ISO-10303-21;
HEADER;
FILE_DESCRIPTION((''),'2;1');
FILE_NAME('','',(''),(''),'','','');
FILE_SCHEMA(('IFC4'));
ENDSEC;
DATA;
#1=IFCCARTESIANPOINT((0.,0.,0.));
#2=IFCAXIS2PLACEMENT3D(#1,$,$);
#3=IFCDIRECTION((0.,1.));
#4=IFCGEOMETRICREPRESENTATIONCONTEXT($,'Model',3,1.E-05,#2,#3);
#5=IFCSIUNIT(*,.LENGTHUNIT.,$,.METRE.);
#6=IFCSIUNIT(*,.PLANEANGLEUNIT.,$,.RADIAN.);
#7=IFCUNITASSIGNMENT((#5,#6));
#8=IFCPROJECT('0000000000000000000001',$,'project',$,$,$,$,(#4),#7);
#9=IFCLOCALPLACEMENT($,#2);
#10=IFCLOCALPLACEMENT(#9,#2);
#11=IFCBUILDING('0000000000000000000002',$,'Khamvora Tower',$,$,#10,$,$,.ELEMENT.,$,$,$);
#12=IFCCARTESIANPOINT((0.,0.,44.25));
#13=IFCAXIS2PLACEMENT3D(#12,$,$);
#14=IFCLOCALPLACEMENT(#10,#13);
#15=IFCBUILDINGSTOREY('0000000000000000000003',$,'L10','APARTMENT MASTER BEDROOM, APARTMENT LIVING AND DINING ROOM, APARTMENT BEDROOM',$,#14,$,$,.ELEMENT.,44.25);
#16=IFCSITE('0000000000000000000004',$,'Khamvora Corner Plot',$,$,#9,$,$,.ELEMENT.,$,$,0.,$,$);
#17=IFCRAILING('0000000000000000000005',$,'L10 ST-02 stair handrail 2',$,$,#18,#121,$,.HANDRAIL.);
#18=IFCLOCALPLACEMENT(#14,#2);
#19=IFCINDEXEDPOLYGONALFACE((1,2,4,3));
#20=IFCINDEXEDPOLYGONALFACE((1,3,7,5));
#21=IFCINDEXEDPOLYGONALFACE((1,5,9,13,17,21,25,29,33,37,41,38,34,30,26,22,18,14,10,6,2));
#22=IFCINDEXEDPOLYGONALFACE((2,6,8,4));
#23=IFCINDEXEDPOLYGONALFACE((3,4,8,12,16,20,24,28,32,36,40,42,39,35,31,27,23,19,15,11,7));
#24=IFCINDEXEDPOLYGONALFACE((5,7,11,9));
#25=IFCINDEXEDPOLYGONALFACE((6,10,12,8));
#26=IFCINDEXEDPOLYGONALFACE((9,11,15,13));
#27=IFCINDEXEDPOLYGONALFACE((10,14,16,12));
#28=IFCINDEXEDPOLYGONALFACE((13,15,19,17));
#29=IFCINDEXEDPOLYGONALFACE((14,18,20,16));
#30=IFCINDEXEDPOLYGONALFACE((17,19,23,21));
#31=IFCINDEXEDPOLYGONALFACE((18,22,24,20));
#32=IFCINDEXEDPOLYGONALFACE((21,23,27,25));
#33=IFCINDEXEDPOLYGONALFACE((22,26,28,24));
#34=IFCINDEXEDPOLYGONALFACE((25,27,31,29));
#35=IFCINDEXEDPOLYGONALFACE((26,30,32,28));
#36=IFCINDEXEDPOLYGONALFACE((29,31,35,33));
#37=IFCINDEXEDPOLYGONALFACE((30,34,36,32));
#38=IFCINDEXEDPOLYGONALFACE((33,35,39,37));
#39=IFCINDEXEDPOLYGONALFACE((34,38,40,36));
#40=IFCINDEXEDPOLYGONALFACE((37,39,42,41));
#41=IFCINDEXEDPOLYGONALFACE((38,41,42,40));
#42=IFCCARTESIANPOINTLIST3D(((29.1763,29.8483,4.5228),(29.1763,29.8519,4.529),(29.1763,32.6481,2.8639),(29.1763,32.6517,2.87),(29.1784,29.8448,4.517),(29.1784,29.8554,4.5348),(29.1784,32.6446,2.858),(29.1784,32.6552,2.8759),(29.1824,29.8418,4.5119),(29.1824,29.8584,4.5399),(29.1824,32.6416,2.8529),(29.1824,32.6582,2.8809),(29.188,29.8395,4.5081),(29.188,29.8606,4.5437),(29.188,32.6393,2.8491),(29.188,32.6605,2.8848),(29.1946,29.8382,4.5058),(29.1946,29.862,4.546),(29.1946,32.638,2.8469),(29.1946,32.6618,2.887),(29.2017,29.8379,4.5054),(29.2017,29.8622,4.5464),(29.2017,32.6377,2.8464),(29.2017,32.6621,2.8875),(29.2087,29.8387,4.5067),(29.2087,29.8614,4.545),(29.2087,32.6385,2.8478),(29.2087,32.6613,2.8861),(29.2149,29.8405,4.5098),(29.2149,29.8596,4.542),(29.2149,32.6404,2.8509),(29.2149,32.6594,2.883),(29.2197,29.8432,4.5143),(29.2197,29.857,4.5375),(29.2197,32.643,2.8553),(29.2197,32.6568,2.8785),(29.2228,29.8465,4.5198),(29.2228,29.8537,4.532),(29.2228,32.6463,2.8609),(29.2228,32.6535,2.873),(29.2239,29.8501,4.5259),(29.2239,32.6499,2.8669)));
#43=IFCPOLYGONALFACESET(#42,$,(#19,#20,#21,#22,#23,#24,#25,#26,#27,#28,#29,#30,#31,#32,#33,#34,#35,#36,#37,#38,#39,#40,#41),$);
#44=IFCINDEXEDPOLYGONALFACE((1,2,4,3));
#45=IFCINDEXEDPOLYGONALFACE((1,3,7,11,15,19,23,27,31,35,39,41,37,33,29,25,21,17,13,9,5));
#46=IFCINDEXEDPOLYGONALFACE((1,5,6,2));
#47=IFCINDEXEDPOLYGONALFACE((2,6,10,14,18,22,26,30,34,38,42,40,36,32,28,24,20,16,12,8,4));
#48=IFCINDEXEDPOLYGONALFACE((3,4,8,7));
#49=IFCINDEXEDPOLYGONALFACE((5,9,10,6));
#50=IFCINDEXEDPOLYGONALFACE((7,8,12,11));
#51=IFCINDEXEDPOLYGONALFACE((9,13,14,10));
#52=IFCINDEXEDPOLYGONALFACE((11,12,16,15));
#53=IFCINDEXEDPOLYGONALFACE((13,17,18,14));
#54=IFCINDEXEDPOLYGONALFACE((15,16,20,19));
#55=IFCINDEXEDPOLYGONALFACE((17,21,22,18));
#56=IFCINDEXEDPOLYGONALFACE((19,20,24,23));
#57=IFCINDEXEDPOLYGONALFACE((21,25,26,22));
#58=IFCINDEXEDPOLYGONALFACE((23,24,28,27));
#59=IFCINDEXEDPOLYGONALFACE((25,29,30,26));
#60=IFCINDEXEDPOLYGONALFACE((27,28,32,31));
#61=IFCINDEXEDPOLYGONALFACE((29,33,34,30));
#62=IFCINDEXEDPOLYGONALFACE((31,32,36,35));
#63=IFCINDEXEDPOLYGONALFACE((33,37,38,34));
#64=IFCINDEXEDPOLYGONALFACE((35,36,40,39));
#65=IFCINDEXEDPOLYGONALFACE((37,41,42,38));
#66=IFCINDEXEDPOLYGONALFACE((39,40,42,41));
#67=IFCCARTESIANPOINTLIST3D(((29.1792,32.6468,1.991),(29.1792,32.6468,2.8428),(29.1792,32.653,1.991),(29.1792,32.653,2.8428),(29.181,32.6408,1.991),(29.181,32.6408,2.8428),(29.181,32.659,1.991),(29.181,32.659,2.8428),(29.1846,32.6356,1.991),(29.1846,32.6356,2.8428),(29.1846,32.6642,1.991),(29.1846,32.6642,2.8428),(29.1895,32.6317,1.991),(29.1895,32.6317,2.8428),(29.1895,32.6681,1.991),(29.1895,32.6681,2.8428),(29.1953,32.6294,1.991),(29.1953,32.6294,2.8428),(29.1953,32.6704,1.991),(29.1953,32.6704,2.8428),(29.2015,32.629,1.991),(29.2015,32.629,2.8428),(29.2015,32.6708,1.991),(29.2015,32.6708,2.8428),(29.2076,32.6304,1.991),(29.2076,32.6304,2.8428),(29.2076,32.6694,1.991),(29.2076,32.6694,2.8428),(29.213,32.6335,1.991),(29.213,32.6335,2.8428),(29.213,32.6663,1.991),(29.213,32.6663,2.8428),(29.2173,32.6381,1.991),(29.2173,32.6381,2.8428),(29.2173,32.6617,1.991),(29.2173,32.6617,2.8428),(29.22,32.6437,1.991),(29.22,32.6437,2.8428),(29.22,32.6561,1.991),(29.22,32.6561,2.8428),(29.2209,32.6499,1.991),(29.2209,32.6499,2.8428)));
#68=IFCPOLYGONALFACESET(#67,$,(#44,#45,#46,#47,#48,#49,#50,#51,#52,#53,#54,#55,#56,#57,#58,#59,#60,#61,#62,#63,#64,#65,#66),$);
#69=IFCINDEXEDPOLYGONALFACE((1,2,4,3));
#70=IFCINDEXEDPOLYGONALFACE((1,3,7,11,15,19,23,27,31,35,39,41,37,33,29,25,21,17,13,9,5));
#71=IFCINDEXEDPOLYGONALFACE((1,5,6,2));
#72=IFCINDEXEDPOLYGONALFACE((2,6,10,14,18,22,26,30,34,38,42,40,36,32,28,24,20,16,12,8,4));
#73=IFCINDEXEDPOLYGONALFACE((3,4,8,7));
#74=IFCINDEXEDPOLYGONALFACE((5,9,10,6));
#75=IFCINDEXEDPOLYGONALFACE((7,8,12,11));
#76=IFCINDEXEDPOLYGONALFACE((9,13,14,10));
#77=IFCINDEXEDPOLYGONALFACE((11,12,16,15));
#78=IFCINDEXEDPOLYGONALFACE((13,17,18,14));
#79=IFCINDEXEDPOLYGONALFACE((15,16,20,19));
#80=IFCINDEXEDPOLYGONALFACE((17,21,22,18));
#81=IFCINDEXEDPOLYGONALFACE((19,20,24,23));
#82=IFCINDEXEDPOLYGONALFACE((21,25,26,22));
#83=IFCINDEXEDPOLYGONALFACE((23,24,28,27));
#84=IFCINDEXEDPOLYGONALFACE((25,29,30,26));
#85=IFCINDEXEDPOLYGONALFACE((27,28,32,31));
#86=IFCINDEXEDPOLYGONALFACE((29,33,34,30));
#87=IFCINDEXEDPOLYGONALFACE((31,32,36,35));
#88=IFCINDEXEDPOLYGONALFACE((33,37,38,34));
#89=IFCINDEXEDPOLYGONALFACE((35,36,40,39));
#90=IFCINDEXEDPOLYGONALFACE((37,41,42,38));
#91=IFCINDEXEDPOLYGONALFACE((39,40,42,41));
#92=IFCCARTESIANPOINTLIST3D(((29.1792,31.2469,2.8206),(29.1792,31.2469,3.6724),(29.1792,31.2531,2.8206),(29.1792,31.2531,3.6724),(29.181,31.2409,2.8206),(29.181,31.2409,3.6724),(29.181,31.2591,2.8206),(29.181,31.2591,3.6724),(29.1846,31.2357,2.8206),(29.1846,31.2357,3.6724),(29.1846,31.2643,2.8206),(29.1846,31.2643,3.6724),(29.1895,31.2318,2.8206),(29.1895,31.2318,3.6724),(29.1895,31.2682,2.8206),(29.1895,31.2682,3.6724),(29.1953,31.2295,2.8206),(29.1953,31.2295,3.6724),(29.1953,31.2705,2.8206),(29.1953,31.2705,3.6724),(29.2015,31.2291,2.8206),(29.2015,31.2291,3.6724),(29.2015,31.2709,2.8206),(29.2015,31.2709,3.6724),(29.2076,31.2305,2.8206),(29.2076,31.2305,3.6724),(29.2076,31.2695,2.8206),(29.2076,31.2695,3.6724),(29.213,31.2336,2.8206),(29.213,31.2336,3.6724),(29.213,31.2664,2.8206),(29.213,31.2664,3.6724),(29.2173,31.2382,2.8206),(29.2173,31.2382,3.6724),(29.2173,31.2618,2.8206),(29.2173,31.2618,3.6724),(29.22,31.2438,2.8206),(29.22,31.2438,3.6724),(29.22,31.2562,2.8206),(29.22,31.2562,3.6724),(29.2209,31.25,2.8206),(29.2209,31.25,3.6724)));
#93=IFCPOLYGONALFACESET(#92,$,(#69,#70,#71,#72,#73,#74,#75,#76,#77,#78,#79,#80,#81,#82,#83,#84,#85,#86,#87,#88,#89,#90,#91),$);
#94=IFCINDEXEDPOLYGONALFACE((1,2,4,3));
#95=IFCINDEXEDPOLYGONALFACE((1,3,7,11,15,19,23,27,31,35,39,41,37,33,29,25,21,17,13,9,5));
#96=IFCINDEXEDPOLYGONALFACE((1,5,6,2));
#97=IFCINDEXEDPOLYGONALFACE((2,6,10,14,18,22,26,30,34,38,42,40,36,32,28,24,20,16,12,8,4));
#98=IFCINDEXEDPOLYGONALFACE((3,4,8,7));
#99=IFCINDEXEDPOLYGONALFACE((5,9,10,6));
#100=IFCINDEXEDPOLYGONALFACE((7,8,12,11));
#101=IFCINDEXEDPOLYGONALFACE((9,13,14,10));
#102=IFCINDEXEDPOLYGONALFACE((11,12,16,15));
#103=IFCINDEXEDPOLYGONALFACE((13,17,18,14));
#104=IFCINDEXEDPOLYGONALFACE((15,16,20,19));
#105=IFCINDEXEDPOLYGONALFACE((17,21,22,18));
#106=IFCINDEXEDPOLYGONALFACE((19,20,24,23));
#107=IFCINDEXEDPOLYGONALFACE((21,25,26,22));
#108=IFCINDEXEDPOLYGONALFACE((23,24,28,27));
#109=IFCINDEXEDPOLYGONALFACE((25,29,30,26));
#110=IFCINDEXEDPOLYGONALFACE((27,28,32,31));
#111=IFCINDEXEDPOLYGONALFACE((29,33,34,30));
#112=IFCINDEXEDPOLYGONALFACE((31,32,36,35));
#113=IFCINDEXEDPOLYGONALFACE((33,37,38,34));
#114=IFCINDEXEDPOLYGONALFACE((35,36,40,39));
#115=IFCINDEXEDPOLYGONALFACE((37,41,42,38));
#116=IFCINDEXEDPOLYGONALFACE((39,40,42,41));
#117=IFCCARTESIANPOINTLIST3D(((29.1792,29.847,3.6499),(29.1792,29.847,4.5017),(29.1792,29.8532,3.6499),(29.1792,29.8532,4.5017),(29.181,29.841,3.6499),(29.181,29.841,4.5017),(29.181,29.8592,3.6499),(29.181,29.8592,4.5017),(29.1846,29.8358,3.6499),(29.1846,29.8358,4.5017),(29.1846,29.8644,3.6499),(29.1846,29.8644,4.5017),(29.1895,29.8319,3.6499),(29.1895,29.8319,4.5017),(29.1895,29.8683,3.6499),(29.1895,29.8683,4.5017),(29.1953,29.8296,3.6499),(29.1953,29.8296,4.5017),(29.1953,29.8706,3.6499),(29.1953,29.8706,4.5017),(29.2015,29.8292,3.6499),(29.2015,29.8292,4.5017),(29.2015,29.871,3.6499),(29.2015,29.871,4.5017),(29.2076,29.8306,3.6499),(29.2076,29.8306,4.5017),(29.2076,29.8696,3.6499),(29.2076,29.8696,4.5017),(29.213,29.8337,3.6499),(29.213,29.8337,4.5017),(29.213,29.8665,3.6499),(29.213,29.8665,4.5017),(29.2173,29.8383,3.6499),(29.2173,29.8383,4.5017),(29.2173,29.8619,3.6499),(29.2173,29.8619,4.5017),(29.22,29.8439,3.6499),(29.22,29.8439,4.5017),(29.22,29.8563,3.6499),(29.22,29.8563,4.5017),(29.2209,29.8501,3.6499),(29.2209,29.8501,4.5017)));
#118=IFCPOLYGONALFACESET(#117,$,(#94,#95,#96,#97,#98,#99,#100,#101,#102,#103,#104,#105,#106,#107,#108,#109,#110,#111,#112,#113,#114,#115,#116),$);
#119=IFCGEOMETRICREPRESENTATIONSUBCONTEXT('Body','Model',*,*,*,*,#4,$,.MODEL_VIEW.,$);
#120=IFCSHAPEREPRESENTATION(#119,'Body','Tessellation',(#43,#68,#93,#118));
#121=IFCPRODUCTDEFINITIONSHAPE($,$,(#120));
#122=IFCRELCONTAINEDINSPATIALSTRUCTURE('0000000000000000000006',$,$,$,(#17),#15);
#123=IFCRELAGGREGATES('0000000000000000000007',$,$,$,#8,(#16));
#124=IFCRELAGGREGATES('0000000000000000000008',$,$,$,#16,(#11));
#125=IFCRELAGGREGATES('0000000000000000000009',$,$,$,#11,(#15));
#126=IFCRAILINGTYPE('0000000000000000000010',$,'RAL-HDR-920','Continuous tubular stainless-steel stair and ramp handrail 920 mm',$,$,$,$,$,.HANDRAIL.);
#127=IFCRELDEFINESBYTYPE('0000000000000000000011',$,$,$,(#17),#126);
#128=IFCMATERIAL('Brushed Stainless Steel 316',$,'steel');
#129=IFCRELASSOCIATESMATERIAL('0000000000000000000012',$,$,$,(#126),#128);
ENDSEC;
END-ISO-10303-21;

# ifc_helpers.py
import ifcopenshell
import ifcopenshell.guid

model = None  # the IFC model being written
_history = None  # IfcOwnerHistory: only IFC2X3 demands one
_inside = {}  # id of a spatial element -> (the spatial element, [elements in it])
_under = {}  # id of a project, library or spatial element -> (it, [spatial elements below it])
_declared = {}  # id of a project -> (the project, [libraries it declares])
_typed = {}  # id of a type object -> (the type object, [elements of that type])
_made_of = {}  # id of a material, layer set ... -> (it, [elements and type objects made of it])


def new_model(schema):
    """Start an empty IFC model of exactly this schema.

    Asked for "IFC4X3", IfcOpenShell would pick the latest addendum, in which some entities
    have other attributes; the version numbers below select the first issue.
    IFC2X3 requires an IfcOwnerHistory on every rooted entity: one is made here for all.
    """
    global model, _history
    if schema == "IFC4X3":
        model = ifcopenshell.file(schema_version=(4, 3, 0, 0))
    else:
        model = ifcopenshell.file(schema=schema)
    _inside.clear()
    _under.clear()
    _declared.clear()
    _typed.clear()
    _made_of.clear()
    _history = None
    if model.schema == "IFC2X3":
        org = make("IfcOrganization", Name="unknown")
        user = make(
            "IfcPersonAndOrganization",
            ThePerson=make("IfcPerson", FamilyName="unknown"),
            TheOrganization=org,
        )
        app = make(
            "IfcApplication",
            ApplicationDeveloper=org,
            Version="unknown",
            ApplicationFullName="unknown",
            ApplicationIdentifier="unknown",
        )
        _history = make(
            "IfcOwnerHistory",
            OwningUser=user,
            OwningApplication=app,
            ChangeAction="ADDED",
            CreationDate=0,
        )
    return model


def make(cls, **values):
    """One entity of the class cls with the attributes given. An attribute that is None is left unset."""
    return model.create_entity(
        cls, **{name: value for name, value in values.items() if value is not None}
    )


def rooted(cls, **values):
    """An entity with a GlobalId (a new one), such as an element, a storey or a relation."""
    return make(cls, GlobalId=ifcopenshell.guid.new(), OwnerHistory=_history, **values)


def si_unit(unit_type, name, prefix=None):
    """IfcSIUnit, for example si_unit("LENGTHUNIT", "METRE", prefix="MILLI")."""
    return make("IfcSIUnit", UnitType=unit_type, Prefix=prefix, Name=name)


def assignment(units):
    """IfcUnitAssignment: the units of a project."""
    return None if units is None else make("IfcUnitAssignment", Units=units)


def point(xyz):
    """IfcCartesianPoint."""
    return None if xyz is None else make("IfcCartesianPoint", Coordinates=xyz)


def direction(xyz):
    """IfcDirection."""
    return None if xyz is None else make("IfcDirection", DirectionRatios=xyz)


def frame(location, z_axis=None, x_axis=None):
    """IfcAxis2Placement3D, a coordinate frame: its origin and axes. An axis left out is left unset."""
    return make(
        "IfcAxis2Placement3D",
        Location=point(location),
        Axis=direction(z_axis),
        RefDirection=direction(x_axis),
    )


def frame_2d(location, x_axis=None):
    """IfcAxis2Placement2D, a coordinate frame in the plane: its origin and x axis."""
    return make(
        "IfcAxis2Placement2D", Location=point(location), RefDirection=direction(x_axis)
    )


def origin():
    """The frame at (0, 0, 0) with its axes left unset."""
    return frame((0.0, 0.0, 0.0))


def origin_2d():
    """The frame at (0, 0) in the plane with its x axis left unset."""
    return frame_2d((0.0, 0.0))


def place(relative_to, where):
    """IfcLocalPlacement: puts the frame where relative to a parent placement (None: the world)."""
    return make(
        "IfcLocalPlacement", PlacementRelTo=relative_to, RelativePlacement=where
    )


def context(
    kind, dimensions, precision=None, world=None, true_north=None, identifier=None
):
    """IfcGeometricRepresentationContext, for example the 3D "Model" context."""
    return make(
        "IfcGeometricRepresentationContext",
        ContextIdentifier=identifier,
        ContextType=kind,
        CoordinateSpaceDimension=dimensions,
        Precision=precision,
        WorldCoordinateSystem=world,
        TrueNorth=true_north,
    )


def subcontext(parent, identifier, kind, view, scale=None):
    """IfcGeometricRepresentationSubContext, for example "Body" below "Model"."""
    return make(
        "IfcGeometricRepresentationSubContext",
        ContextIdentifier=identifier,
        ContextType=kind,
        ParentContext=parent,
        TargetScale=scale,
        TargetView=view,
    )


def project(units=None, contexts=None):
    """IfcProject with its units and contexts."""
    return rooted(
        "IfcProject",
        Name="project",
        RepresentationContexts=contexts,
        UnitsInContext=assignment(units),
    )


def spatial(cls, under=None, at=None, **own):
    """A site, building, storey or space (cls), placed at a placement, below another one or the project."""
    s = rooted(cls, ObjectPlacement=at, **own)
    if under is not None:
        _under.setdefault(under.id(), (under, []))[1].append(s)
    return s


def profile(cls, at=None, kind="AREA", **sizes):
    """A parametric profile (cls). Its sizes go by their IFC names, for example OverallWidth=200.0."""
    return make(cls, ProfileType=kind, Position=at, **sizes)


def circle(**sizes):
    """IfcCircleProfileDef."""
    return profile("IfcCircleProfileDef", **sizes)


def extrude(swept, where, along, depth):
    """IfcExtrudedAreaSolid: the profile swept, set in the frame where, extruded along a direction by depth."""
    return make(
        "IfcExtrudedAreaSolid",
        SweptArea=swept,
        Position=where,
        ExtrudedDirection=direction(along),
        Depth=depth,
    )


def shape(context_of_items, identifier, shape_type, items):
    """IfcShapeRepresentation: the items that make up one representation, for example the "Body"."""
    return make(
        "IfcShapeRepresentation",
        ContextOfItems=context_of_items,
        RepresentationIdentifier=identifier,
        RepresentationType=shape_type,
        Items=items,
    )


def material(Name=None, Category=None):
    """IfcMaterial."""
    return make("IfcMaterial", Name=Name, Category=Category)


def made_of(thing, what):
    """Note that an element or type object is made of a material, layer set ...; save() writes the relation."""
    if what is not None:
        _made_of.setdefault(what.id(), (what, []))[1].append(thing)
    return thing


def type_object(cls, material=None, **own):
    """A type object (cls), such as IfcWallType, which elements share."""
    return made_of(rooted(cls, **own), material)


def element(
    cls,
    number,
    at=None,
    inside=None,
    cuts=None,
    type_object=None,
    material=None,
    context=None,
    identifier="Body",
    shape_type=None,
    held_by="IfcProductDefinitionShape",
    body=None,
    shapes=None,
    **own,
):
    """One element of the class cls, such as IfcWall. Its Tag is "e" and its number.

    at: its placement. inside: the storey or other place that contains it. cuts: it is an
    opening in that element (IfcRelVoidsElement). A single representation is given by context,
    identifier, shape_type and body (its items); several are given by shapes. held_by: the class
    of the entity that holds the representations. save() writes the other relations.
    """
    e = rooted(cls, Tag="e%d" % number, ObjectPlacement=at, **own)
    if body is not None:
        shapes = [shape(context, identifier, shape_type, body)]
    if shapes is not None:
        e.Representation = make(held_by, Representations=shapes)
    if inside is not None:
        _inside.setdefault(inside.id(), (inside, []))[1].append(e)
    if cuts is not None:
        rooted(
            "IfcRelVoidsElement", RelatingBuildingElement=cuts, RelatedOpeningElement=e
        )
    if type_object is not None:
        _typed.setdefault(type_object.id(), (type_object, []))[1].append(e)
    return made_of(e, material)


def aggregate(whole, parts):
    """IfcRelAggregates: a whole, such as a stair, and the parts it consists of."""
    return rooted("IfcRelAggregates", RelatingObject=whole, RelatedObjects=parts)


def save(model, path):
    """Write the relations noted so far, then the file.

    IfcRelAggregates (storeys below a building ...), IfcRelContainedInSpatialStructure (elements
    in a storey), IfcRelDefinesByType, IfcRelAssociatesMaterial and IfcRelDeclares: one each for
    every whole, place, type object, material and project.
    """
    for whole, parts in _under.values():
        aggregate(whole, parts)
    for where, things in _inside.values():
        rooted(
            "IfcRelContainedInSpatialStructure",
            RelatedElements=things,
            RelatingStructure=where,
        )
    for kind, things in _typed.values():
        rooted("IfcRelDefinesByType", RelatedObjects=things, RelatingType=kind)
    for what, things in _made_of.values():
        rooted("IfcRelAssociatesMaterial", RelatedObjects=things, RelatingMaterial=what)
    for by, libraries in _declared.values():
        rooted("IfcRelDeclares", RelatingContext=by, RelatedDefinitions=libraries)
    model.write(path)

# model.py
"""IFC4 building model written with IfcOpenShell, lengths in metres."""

from ifc_helpers import new_model, si_unit, direction, frame, origin, origin_2d, place, context, subcontext, project, spatial, circle, extrude, material, type_object, element, save


model = new_model("IFC4")

# Units and contexts
model_context = context("Model", 3, precision=1e-05, world=origin(), true_north=direction((0.0, 1.0)))
body_context = subcontext(model_context, "Body", "Model", "MODEL_VIEW")
ifc_project = project(units=[si_unit("LENGTHUNIT", "METRE"), si_unit("PLANEANGLEUNIT", "RADIAN")], contexts=[model_context])

# Site, building, storey
site_placement = place(None, origin())
site = spatial("IfcSite", under=ifc_project, at=site_placement, Name="Khamvora Corner Plot", CompositionType="ELEMENT", RefElevation=0.0)
building_placement = place(site_placement, origin())
building = spatial("IfcBuilding", under=site, at=building_placement, Name="Khamvora Tower", CompositionType="ELEMENT")
storey_placement = place(building_placement, frame((0.0, 0.0, 44.25)))
storey = spatial("IfcBuildingStorey", under=building, at=storey_placement, Name="L10", Description="APARTMENT MASTER BEDROOM, APARTMENT LIVING AND DINING ROOM, APARTMENT BEDROOM", CompositionType="ELEMENT", Elevation=44.25)

# Railing
ifc_material_1 = material(Name="Brushed Stainless Steel 316", Category="steel")
railing_type_1 = type_object("IfcRailingType", Name="RAL-HDR-920", Description="Continuous tubular stainless-steel stair and ramp handrail 920 mm", PredefinedType="HANDRAIL", material=ifc_material_1)
railing_1_placement = place(storey_placement, frame((29.2, 32.6499, 1.991)))
element("IfcRailing", 1, at=railing_1_placement, inside=storey, type_object=railing_type_1, Name="L10 ST-02 stair handrail 2", PredefinedType="HANDRAIL", context=body_context, shape_type="SweptSolid", body=[
    extrude(circle(Radius=0.0239, at=origin_2d()), frame((0.0, 0.0, 0.876), z_axis=(0.0, -0.86032, 0.509755), x_axis=(1.0, 0.0, 0.0)), (0.0, 0.0, 1.0), 3.2544),
    extrude(circle(Radius=0.021, at=origin_2d()), origin(), (0.0, 0.0, 1.0), 0.8518),
    extrude(circle(Radius=0.021, at=origin_2d()), frame((0.0, -1.3999, 0.8296)), (0.0, 0.0, 1.0), 0.8518),
    extrude(circle(Radius=0.021, at=origin_2d()), frame((0.0, -2.7998, 1.6589)), (0.0, 0.0, 1.0), 0.8518),
])

save(model, "model.ifc")
